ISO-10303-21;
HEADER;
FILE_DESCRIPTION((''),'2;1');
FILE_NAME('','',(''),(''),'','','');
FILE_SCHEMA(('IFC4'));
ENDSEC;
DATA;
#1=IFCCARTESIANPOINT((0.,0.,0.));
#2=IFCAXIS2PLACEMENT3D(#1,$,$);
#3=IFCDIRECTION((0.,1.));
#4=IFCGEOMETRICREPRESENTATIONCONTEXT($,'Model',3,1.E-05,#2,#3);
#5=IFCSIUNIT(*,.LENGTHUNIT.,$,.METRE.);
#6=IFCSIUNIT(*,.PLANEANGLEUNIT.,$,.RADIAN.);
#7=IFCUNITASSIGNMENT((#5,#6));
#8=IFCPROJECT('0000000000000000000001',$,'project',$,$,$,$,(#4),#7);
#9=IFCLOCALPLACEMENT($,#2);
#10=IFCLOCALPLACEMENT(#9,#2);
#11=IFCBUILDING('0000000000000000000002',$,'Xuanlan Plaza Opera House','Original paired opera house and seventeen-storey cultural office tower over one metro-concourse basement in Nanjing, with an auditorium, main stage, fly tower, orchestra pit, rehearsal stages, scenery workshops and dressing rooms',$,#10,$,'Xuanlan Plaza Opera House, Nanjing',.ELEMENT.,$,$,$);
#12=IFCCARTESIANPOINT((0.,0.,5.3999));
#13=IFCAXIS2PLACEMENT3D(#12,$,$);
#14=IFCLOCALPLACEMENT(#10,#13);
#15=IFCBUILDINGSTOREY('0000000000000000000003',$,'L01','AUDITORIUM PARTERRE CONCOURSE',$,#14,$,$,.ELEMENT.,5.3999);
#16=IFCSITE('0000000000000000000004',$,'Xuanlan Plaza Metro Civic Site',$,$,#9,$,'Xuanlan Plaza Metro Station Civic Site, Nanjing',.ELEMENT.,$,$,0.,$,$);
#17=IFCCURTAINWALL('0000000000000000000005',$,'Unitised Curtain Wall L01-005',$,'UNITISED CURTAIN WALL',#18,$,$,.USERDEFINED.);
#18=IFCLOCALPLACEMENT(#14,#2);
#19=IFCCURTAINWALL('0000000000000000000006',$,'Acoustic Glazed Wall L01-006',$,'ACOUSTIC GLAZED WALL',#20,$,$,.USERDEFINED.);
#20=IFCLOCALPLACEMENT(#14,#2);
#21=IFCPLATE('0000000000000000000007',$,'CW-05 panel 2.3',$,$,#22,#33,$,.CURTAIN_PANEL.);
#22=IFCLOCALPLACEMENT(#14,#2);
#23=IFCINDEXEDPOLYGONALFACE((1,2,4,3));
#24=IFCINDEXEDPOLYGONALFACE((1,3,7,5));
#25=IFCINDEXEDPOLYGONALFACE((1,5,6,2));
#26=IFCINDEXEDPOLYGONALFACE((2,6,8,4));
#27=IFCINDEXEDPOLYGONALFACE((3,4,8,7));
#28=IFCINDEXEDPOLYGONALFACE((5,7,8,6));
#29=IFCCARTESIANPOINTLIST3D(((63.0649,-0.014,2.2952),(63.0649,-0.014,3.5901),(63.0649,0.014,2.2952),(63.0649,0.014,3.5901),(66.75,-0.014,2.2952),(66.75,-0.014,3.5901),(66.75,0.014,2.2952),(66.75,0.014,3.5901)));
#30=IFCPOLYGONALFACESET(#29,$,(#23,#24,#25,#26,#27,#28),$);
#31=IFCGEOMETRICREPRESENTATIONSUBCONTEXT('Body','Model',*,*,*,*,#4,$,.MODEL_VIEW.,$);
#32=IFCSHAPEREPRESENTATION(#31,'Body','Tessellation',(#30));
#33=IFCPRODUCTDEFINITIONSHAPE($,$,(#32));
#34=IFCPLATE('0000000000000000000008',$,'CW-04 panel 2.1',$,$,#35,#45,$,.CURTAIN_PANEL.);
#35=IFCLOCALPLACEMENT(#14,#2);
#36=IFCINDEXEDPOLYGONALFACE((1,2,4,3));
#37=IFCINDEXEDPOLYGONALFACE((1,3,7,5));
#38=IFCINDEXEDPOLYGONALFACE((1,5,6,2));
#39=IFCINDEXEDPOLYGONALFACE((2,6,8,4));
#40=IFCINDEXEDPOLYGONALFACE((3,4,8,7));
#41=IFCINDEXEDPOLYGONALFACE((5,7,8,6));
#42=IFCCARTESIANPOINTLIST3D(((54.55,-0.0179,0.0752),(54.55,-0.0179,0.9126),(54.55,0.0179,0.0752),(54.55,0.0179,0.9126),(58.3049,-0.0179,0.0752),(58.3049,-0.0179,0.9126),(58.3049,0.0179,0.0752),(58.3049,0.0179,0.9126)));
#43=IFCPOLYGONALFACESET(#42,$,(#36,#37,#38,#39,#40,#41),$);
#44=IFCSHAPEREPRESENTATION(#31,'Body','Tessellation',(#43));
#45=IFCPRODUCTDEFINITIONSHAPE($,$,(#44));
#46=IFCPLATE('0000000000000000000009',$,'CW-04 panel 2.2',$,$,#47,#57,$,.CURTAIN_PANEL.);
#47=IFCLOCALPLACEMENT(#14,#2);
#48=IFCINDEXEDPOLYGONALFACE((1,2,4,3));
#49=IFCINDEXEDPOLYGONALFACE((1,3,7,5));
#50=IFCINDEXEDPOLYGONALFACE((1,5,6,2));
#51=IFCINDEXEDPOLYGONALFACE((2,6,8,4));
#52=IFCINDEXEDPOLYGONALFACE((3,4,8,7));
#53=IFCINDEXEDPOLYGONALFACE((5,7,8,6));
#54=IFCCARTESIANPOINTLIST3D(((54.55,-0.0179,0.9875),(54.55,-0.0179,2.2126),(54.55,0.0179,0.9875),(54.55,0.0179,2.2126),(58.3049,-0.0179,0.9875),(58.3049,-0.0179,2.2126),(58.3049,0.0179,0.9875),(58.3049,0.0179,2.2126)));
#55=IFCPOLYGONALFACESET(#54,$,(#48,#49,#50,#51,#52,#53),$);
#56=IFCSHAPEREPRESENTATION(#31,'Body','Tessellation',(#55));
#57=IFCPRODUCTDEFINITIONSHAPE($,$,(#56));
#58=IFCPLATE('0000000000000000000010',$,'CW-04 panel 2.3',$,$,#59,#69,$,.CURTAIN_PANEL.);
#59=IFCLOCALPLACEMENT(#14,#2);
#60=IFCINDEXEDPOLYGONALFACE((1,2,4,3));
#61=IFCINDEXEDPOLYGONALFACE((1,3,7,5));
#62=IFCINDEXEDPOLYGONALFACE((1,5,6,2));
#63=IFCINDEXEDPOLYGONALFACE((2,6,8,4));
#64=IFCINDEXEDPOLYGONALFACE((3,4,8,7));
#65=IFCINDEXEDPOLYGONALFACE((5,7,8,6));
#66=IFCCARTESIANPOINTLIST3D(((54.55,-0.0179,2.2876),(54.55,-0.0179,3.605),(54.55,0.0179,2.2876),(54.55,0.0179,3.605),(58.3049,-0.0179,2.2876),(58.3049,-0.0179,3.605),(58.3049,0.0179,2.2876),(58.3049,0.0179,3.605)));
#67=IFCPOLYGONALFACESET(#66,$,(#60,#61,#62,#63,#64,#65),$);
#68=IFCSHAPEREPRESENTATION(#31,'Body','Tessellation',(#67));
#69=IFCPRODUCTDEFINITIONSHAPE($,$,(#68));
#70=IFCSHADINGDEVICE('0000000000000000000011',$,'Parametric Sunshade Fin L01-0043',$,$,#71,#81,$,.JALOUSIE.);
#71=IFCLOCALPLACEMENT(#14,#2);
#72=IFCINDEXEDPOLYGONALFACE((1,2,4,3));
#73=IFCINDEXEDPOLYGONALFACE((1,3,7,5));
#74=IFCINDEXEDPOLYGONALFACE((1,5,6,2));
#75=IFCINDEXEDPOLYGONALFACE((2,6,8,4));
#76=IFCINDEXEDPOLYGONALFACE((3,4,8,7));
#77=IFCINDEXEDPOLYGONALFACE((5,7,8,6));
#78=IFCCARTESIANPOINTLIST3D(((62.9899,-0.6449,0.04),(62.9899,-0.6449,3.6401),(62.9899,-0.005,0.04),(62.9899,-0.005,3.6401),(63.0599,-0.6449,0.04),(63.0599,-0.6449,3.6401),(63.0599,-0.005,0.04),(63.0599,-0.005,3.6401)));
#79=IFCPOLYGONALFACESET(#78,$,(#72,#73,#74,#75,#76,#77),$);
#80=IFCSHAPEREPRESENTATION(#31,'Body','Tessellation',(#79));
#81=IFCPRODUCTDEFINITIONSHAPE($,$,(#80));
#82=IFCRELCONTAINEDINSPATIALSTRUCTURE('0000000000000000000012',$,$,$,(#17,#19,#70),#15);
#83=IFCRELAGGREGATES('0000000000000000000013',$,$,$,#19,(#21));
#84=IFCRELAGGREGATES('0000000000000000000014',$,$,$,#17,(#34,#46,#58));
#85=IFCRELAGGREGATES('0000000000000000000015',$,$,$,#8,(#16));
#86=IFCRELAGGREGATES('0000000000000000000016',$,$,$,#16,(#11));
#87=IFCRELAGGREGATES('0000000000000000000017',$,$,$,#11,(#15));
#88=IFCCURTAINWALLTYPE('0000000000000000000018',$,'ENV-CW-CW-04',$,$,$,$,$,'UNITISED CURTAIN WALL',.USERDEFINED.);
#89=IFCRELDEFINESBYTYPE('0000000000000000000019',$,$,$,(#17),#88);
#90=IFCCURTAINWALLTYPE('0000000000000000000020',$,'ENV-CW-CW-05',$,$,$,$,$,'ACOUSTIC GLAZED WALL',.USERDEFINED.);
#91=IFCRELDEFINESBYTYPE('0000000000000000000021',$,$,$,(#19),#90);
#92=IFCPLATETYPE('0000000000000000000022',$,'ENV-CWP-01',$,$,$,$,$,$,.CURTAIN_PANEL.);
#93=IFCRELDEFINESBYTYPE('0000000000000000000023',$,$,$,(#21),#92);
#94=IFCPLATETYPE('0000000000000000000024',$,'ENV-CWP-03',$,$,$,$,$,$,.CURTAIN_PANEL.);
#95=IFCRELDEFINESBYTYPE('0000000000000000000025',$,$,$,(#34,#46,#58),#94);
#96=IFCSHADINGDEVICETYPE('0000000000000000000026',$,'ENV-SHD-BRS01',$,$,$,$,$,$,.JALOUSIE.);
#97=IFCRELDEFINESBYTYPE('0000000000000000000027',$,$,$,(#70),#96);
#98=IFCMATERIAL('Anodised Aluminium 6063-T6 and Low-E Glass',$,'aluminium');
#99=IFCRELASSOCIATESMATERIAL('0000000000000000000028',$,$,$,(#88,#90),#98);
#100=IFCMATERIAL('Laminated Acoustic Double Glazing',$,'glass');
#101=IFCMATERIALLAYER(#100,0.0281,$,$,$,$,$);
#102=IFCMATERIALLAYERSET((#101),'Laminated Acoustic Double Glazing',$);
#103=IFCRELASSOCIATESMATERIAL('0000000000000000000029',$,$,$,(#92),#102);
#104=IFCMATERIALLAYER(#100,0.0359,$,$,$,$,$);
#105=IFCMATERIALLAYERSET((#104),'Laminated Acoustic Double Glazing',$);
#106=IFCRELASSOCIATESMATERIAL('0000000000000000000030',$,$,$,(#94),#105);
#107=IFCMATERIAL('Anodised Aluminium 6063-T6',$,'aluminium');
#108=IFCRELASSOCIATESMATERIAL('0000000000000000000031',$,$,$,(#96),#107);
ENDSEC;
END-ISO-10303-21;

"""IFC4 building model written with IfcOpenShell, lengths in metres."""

from ifc_helpers import new_model, si_unit, direction, frame, origin, origin_2d, place, context, subcontext, project, spatial, rectangle, extrude, material, layer, layer_set, type_object, element, aggregate, save


model = new_model("IFC4")

# Units and contexts
model_context = context("Model", 3, precision=1e-05, world=origin(), true_north=direction((0.0, 1.0)))
body_context = subcontext(model_context, "Body", "Model", "MODEL_VIEW")
ifc_project = project(units=[si_unit("LENGTHUNIT", "METRE"), si_unit("PLANEANGLEUNIT", "RADIAN")], contexts=[model_context])

# Site, building, storey
site_placement = place(None, origin())
site = spatial("IfcSite", under=ifc_project, at=site_placement, Name="Xuanlan Plaza Metro Civic Site", LongName="Xuanlan Plaza Metro Station Civic Site, Nanjing", CompositionType="ELEMENT", RefElevation=0.0)
building_placement = place(site_placement, origin())
building = spatial("IfcBuilding", under=site, at=building_placement, Name="Xuanlan Plaza Opera House", Description="Original paired opera house and seventeen-storey cultural office tower over one metro-concourse basement in Nanjing, with an auditorium, main stage, fly tower, orchestra pit, rehearsal stages, scenery workshops and dressing rooms", LongName="Xuanlan Plaza Opera House, Nanjing", CompositionType="ELEMENT")
storey_placement = place(building_placement, frame((0.0, 0.0, 5.3999)))
storey = spatial("IfcBuildingStorey", under=building, at=storey_placement, Name="L01", Description="AUDITORIUM PARTERRE CONCOURSE", CompositionType="ELEMENT", Elevation=5.3999)

# Curtain walls
ifc_material_1 = material(Name="Anodised Aluminium 6063-T6 and Low-E Glass", Category="aluminium")
curtain_wall_type_1 = type_object("IfcCurtainWallType", Name="ENV-CW-CW-04", ElementType="UNITISED CURTAIN WALL", PredefinedType="USERDEFINED", material=ifc_material_1)
curtain_wall_1_placement = place(storey_placement, origin())
curtain_wall_1 = element("IfcCurtainWall", 1, at=curtain_wall_1_placement, inside=storey, type_object=curtain_wall_type_1, Name="Unitised Curtain Wall L01-005", ObjectType="UNITISED CURTAIN WALL", PredefinedType="USERDEFINED")
ifc_material_2 = material(Name="Anodised Aluminium 6063-T6", Category="aluminium")
curtain_wall_type_2 = type_object("IfcCurtainWallType", Name="ENV-CW-CW-05", ElementType="ACOUSTIC GLAZED WALL", PredefinedType="USERDEFINED", material=ifc_material_1)
curtain_wall_2_placement = place(storey_placement, origin())
curtain_wall_2 = element("IfcCurtainWall", 2, at=curtain_wall_2_placement, inside=storey, type_object=curtain_wall_type_2, Name="Acoustic Glazed Wall L01-006", ObjectType="ACOUSTIC GLAZED WALL", PredefinedType="USERDEFINED")

# Plates
ifc_material_3 = material(Name="Laminated Acoustic Double Glazing", Category="glass")
ifc_layer_1 = layer(ifc_material_3, 0.0281)
ifc_layer_set_1 = layer_set([ifc_layer_1], Name="Laminated Acoustic Double Glazing")
plate_type_1 = type_object("IfcPlateType", Name="ENV-CWP-01", PredefinedType="CURTAIN_PANEL", material=ifc_layer_set_1)
plate_1_placement = place(storey_placement, frame((64.9075, 0.0, 2.2952), z_axis=(0.0, 0.0, 1.0), x_axis=(1.0, 0.0, 0.0)))
plate_1 = element("IfcPlate", 3, at=plate_1_placement, type_object=plate_type_1, Name="CW-05 panel 2.3", PredefinedType="CURTAIN_PANEL", context=body_context, shape_type="SweptSolid", body=[
    extrude(rectangle(XDim=3.6851, YDim=0.0281, at=origin_2d()), origin(), (0.0, 0.0, 1.0), 1.2949),
])
aggregate(curtain_wall_2, [plate_1])
ifc_layer_2 = layer(ifc_material_3, 0.0359)
ifc_layer_set_2 = layer_set([ifc_layer_2], Name="Laminated Acoustic Double Glazing")
plate_type_2 = type_object("IfcPlateType", Name="ENV-CWP-03", PredefinedType="CURTAIN_PANEL", material=ifc_layer_set_2)
plate_2_placement = place(storey_placement, frame((56.4275, 0.0, 0.0752), z_axis=(0.0, 0.0, 1.0), x_axis=(1.0, 0.0, 0.0)))
plate_2 = element("IfcPlate", 4, at=plate_2_placement, type_object=plate_type_2, Name="CW-04 panel 2.1", PredefinedType="CURTAIN_PANEL", context=body_context, shape_type="SweptSolid", body=[
    extrude(rectangle(XDim=3.7549, YDim=0.0359, at=origin_2d()), origin(), (0.0, 0.0, 1.0), 0.8374),
])
plate_3_placement = place(storey_placement, frame((56.4275, 0.0, 0.9875), z_axis=(0.0, 0.0, 1.0), x_axis=(1.0, 0.0, 0.0)))
plate_3 = element("IfcPlate", 5, at=plate_3_placement, type_object=plate_type_2, Name="CW-04 panel 2.2", PredefinedType="CURTAIN_PANEL", context=body_context, shape_type="SweptSolid", body=[
    extrude(rectangle(XDim=3.7549, YDim=0.0359, at=origin_2d()), origin(), (0.0, 0.0, 1.0), 1.2251),
])
plate_4_placement = place(storey_placement, frame((56.4275, 0.0, 2.2876), z_axis=(0.0, 0.0, 1.0), x_axis=(1.0, 0.0, 0.0)))
plate_4 = element("IfcPlate", 6, at=plate_4_placement, type_object=plate_type_2, Name="CW-04 panel 2.3", PredefinedType="CURTAIN_PANEL", context=body_context, shape_type="SweptSolid", body=[
    extrude(rectangle(XDim=3.7549, YDim=0.0359, at=origin_2d()), origin(), (0.0, 0.0, 1.0), 1.3174),
])
aggregate(curtain_wall_1, [plate_2, plate_3, plate_4])

# Shading device
shading_device_type = type_object("IfcShadingDeviceType", Name="ENV-SHD-BRS01", PredefinedType="JALOUSIE", material=ifc_material_2)
shading_device_placement = place(storey_placement, frame((63.0249, -0.325, 0.04), z_axis=(0.0, 0.0, 1.0), x_axis=(0.0, -1.0, 0.0)))
element("IfcShadingDevice", 7, at=shading_device_placement, inside=storey, type_object=shading_device_type, Name="Parametric Sunshade Fin L01-0043", PredefinedType="JALOUSIE", context=body_context, shape_type="SweptSolid", body=[
    extrude(rectangle(XDim=0.6399, YDim=0.0701, at=origin_2d()), origin(), (0.0, 0.0, 1.0), 3.6001),
])

save(model, "model.ifc")
